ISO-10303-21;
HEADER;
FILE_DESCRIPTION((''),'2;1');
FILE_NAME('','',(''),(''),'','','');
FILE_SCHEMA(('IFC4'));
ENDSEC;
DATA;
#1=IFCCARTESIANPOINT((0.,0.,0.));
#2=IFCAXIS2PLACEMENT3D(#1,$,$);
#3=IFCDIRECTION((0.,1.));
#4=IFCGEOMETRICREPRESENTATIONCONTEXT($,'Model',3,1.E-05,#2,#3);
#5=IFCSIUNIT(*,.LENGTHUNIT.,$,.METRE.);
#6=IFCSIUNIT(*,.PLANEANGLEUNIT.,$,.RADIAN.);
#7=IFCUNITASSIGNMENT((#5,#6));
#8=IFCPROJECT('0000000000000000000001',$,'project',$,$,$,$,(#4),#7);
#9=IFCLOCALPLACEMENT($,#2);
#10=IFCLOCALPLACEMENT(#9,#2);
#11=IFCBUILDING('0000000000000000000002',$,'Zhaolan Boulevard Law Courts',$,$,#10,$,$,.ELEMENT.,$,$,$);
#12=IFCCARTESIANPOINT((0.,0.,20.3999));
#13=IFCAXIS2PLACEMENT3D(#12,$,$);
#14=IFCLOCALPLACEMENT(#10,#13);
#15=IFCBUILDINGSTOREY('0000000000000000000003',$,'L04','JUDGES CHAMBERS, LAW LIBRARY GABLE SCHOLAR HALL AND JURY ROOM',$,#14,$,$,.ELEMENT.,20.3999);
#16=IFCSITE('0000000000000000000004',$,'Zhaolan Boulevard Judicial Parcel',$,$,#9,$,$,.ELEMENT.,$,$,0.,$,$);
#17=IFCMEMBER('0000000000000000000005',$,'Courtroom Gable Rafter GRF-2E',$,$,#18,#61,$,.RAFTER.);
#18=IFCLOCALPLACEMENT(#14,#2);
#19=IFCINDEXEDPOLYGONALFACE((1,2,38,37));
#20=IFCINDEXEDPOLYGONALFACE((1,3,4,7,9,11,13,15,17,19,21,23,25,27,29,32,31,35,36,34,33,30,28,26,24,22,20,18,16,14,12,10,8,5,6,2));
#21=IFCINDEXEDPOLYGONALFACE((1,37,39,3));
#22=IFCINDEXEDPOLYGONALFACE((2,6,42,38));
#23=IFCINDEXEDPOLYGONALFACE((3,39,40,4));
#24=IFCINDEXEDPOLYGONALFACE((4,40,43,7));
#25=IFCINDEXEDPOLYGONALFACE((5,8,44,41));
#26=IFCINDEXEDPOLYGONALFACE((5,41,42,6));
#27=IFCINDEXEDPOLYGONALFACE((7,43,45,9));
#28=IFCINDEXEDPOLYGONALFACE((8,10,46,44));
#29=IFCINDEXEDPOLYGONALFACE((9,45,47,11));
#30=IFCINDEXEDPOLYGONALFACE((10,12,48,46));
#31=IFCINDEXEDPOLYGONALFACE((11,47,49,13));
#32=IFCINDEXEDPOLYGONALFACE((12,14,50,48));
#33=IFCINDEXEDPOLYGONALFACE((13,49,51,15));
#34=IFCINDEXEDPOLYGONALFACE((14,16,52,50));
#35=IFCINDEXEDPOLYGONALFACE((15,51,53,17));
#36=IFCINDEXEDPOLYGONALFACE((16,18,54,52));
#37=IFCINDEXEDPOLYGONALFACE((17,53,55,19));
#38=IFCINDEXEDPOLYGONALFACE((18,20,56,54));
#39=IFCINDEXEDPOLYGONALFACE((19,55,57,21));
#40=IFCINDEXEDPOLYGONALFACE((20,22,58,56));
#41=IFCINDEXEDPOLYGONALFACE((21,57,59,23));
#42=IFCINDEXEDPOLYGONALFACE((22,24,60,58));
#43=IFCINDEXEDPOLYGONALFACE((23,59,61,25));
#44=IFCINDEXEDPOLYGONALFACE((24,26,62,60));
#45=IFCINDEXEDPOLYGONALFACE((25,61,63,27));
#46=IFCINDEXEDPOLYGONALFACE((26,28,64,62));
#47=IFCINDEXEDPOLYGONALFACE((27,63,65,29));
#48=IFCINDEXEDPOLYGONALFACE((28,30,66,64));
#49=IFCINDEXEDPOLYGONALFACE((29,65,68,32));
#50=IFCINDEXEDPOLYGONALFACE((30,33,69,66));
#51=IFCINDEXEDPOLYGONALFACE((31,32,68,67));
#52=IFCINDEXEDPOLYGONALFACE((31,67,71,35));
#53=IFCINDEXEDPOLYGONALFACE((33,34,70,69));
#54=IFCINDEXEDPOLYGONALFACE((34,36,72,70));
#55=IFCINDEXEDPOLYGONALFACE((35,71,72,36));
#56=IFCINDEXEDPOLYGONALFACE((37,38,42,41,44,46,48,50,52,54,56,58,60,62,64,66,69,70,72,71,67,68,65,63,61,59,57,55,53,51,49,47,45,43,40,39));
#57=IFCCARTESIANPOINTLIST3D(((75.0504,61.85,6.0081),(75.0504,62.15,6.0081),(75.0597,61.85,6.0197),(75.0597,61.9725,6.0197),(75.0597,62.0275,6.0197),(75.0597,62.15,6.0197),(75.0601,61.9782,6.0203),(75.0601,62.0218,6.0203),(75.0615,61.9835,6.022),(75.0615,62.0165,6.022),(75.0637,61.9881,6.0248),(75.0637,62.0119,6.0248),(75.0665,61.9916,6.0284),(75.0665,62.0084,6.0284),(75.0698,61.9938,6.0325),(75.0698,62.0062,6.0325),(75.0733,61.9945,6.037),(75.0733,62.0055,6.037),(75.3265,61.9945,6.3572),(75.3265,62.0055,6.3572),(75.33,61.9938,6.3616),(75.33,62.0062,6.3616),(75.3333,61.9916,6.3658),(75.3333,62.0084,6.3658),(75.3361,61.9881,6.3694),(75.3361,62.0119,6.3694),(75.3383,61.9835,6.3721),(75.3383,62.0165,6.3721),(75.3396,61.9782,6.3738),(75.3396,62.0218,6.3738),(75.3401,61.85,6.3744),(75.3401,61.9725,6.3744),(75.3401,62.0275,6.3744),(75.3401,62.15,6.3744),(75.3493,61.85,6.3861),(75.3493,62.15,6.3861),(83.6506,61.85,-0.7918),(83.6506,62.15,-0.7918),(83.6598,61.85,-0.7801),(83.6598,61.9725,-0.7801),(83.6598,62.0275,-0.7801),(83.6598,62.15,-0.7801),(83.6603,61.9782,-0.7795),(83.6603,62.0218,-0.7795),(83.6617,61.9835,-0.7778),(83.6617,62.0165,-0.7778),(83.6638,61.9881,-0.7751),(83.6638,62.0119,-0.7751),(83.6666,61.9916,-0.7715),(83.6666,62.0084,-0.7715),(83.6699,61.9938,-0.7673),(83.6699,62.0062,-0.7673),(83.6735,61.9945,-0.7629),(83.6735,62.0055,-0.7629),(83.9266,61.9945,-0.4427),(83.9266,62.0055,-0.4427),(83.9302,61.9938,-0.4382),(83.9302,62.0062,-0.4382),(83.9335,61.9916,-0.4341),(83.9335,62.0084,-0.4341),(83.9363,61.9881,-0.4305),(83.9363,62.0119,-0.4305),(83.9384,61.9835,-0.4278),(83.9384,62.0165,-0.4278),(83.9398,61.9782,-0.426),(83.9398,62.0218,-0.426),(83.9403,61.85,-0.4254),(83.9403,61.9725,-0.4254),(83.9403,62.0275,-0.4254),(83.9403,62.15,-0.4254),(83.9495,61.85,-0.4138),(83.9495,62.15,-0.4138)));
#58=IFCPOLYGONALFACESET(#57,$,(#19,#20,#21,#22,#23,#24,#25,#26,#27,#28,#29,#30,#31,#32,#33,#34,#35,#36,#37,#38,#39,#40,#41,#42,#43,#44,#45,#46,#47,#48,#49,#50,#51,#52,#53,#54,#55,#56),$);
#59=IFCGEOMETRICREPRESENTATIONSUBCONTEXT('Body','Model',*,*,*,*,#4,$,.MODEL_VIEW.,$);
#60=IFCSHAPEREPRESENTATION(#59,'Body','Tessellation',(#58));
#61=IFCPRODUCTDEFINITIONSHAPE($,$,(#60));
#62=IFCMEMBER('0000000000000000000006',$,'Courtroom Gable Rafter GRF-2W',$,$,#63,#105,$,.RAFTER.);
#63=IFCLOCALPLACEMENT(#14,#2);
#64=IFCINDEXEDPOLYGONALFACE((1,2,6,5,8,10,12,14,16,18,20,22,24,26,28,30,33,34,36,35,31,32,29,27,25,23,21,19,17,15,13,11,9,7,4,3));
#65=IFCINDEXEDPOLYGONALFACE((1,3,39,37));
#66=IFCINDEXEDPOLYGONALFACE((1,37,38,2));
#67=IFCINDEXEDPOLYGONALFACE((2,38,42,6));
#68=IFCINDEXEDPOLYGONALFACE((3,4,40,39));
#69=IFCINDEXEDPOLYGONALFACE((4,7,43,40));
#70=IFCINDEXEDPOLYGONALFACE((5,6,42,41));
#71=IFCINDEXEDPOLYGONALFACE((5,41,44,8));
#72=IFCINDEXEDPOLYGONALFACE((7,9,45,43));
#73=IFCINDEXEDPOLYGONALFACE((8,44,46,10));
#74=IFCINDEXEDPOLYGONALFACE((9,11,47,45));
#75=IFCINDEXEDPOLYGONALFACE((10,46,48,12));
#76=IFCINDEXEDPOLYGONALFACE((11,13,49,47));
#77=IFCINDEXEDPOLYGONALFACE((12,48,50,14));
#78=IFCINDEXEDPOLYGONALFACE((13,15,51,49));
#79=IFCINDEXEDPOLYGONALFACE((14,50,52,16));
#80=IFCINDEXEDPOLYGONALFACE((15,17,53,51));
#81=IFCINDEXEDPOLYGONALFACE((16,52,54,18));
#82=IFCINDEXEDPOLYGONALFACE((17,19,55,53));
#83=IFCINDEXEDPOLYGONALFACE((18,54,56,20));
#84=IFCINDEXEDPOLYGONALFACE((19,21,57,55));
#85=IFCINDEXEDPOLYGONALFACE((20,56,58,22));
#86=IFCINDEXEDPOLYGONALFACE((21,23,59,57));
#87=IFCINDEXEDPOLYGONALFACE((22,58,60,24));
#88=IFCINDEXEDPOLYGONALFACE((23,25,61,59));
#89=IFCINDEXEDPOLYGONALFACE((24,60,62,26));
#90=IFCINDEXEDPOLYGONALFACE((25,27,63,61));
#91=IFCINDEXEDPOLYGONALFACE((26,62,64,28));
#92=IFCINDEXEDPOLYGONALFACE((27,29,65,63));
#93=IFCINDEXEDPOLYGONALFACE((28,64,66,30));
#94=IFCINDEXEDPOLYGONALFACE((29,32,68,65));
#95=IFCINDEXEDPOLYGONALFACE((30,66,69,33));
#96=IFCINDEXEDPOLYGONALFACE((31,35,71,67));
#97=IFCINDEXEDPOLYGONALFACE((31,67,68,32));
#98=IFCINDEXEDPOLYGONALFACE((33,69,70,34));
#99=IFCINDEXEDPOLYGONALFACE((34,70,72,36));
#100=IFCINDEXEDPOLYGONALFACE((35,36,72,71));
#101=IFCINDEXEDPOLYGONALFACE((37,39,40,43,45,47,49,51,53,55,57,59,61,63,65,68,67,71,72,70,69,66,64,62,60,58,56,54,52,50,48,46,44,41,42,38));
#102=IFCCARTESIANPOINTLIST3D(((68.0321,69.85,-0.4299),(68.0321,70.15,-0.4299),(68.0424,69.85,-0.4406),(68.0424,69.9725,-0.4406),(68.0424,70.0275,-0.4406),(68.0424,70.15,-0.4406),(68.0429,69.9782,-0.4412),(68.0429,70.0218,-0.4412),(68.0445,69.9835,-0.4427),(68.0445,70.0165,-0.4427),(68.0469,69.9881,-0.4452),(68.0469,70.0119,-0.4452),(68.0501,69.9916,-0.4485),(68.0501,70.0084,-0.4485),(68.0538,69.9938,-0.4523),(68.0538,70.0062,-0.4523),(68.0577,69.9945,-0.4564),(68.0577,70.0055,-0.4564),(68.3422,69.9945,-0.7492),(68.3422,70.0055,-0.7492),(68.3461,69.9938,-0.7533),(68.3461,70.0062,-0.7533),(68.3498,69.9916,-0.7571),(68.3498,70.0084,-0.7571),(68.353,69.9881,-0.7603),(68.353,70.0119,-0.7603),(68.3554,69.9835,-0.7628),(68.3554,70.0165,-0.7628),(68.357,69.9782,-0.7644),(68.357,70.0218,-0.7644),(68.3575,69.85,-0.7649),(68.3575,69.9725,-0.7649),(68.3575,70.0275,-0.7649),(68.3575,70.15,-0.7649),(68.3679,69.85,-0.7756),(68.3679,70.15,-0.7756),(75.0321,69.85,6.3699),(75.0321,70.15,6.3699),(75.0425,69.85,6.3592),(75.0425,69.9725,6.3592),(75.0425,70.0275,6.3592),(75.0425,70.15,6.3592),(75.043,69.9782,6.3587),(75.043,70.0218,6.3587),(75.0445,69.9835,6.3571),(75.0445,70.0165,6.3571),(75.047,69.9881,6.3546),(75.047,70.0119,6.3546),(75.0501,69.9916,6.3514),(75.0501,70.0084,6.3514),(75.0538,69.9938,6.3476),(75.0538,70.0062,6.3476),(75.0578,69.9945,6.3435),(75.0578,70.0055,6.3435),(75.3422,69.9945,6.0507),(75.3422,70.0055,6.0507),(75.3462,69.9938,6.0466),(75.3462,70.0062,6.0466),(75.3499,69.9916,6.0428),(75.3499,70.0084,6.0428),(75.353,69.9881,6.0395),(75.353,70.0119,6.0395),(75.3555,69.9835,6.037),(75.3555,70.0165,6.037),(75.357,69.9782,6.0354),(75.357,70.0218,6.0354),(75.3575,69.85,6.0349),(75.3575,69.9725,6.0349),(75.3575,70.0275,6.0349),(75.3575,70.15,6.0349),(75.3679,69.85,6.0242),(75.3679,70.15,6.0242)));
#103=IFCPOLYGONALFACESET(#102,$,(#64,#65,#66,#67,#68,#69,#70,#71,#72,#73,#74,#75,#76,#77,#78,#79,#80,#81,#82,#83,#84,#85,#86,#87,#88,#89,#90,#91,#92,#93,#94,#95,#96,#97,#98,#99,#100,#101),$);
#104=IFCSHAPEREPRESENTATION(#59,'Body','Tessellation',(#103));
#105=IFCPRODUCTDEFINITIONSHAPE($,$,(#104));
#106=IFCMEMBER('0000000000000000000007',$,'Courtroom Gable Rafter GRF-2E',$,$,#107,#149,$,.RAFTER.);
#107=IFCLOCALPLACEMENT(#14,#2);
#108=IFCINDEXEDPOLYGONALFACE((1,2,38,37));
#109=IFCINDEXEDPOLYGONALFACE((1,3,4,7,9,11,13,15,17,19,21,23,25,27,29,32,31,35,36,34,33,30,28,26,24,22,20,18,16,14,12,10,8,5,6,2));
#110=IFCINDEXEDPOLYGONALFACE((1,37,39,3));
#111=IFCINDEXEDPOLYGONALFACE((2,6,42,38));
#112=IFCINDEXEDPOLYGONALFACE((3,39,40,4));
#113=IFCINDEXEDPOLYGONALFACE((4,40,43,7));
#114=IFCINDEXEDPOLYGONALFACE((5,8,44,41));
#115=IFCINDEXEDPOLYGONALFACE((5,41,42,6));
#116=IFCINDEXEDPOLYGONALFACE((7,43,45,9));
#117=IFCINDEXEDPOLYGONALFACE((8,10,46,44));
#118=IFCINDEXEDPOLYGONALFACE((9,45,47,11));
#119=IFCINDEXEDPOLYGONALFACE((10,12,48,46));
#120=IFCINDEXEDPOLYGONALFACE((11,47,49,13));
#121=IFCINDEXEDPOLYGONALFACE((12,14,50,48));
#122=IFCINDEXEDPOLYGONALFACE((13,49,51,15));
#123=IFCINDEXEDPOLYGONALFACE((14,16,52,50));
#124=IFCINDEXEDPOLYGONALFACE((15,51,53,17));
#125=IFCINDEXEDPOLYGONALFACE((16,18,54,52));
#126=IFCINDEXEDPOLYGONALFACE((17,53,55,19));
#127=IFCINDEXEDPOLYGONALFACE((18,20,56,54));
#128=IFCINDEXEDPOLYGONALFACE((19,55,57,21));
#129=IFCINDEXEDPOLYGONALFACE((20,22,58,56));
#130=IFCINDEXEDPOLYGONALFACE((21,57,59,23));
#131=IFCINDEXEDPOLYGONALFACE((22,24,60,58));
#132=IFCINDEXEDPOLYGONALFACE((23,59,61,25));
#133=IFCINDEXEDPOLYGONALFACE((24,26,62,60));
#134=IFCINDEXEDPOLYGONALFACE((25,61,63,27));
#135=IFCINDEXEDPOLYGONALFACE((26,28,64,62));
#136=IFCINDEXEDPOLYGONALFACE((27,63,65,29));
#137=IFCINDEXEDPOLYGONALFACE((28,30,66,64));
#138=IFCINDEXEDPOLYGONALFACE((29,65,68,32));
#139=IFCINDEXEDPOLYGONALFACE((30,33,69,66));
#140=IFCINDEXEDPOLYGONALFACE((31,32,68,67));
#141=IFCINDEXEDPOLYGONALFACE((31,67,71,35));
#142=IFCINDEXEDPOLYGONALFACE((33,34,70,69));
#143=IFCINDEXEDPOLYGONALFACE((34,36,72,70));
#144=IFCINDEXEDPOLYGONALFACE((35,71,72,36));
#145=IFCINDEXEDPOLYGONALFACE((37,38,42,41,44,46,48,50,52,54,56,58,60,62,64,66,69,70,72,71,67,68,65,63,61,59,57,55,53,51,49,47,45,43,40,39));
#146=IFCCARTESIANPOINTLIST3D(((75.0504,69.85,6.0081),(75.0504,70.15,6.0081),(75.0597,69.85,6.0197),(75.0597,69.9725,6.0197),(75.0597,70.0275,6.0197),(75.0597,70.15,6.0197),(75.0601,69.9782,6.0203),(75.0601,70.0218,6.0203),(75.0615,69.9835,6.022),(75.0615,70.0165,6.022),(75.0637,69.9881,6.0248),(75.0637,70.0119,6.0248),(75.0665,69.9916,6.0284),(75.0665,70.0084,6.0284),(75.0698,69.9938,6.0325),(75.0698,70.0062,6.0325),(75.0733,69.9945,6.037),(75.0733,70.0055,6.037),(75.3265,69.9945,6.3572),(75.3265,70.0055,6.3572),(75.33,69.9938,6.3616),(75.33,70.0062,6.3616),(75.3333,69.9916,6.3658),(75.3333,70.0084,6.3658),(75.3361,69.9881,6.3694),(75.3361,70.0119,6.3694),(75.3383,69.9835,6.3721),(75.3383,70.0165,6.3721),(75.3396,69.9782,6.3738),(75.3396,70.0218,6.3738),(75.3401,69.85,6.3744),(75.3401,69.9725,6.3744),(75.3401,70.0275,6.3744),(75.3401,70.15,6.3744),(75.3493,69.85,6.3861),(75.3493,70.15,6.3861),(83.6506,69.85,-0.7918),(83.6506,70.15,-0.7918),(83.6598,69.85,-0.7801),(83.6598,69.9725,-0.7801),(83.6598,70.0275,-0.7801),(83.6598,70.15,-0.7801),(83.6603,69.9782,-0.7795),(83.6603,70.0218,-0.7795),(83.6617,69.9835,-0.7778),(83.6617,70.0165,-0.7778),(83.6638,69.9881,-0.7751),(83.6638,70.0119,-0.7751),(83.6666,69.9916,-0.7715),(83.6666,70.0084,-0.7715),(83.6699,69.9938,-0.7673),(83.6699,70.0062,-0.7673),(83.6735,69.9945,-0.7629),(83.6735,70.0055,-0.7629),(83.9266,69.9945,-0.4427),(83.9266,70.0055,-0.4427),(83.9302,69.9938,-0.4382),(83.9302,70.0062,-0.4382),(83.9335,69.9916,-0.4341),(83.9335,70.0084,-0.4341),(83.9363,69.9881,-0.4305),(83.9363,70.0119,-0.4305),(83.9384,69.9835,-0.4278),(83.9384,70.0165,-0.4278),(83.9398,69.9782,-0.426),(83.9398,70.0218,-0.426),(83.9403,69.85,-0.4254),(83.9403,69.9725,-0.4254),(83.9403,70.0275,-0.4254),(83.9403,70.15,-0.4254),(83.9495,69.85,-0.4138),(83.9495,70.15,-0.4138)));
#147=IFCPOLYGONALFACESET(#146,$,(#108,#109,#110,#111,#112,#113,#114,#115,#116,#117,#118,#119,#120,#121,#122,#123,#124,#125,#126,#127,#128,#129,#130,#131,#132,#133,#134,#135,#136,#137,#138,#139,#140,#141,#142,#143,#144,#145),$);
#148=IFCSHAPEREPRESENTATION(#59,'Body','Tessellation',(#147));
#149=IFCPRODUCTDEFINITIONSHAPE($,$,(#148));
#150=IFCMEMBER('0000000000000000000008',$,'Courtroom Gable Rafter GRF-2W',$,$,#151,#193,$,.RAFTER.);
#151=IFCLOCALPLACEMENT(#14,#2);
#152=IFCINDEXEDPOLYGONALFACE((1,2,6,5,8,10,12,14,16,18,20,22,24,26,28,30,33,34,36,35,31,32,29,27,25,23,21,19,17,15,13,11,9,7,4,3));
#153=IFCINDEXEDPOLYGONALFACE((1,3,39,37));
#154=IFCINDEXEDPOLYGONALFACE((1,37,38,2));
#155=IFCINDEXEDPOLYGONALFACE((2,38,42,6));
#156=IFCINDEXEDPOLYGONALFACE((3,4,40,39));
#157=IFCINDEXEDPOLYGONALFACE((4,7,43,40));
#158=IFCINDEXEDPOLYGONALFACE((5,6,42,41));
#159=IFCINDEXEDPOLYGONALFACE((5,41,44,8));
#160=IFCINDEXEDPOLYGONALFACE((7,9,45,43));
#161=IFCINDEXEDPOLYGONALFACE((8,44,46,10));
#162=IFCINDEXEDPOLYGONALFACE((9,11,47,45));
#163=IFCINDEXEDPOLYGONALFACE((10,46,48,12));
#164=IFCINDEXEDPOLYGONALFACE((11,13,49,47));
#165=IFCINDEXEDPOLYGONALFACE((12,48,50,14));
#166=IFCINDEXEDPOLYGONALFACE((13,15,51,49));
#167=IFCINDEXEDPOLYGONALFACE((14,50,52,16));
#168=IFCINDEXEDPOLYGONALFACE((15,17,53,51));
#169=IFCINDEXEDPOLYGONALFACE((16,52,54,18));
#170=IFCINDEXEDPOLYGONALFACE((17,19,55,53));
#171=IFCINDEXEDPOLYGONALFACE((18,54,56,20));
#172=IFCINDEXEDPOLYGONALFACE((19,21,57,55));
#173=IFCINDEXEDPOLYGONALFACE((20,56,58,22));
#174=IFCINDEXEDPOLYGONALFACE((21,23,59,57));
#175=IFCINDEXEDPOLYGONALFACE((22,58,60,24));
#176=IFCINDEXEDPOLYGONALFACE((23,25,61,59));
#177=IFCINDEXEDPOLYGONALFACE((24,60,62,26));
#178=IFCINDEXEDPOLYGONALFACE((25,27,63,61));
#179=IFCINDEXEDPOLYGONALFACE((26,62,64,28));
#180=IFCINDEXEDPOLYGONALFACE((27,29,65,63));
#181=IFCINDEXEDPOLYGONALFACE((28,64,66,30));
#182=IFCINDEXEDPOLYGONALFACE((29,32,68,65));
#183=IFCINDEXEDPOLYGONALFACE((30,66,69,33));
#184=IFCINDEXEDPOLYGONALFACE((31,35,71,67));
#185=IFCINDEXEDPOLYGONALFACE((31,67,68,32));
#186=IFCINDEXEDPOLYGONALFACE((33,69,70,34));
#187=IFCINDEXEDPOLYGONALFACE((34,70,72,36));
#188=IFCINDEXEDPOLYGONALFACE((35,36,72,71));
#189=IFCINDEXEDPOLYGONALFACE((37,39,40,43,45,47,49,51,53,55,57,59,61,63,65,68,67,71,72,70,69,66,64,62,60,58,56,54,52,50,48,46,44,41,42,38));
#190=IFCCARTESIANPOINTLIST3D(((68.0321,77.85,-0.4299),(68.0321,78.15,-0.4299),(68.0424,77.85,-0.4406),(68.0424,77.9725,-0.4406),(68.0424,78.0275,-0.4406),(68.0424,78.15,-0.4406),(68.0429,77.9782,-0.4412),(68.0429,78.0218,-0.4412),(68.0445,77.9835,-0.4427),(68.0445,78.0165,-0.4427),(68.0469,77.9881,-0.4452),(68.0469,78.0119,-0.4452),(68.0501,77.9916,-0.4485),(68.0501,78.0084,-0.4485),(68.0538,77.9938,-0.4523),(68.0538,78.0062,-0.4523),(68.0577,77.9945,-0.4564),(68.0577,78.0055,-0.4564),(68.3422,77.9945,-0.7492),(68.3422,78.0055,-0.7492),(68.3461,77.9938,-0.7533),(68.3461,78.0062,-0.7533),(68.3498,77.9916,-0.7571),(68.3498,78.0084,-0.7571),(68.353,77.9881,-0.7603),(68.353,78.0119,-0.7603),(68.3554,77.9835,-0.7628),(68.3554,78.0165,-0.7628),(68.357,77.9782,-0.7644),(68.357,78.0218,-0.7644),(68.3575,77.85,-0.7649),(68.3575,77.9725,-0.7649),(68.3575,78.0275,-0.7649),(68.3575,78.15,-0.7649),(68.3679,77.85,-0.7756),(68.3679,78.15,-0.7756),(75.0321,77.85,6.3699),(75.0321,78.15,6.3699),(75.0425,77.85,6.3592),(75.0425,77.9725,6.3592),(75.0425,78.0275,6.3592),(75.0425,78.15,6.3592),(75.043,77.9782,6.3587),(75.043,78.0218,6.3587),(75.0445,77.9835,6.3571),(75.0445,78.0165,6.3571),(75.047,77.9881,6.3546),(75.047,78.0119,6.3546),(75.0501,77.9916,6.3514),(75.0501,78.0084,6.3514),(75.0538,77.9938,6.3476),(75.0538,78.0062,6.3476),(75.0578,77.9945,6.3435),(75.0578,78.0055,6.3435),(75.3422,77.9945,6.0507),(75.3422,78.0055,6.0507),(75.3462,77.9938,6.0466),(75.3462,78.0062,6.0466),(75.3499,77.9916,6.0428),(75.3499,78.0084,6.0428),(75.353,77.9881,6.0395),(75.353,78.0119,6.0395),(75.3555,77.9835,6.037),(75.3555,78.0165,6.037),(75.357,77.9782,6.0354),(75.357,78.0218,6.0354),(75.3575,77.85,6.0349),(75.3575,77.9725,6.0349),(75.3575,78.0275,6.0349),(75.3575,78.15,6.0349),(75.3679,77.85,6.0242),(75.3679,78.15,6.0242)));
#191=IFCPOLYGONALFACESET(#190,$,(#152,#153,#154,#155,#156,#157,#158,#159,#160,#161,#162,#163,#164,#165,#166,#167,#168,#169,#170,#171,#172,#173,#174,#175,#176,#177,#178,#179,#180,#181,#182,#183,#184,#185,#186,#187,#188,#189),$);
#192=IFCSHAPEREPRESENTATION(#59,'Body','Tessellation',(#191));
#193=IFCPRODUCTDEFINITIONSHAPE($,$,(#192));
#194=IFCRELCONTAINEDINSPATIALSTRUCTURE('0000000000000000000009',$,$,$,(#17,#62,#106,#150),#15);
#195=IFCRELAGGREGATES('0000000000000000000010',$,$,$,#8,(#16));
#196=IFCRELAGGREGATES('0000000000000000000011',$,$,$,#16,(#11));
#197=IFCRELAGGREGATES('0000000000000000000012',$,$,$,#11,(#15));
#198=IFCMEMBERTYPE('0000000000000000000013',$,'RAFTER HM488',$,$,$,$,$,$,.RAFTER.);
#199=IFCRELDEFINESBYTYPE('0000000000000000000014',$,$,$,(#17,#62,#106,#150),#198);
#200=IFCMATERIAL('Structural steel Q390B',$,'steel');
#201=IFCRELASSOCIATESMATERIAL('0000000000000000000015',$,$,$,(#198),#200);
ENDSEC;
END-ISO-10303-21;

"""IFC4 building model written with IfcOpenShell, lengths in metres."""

from ifc_helpers import new_model, si_unit, direction, frame, origin, origin_2d, place, context, subcontext, project, spatial, i_section, extrude, material, material_profile, profile_set, type_object, element, save


model = new_model("IFC4")

# Units and contexts
model_context = context("Model", 3, precision=1e-05, world=origin(), true_north=direction((0.0, 1.0)))
body_context = subcontext(model_context, "Body", "Model", "MODEL_VIEW")
ifc_project = project(units=[si_unit("LENGTHUNIT", "METRE"), si_unit("PLANEANGLEUNIT", "RADIAN")], contexts=[model_context])

# Site, building, storey
site_placement = place(None, origin())
site = spatial("IfcSite", under=ifc_project, at=site_placement, Name="Zhaolan Boulevard Judicial Parcel", CompositionType="ELEMENT", RefElevation=0.0)
building_placement = place(site_placement, origin())
building = spatial("IfcBuilding", under=site, at=building_placement, Name="Zhaolan Boulevard Law Courts", CompositionType="ELEMENT")
storey_placement = place(building_placement, frame((0.0, 0.0, 20.3999)))
storey = spatial("IfcBuildingStorey", under=building, at=storey_placement, Name="L04", Description="JUDGES CHAMBERS, LAW LIBRARY GABLE SCHOLAR HALL AND JURY ROOM", CompositionType="ELEMENT", Elevation=20.3999)

# Members
ifc_material_1 = material(Name="Structural steel Q390B", Category="steel")
ifc_material_profile_1 = material_profile(ifc_material_1, i_section(OverallWidth=0.3, OverallDepth=0.4819, WebThickness=0.011, FlangeThickness=0.0149, FilletRadius=0.022, at=origin_2d()), Name="HM482x300")
ifc_profile_set_1 = profile_set([ifc_material_profile_1], Name="Structural steel Q390B")
member_type_1 = type_object("IfcMemberType", Name="RAFTER HM488", PredefinedType="RAFTER", material=ifc_profile_set_1)
member_1_placement = place(storey_placement, frame((83.8, 62.0, -0.6028), z_axis=(-0.784428, 0.0, 0.62022), x_axis=(0.0, -1.0, 0.0)))
element("IfcMember", 1, at=member_1_placement, inside=storey, type_object=member_type_1, Name="Courtroom Gable Rafter GRF-2E", PredefinedType="RAFTER", context=body_context, shape_type="SweptSolid", body=[
    extrude(i_section(OverallWidth=0.3, OverallDepth=0.4819, WebThickness=0.011, FlangeThickness=0.0149, FilletRadius=0.022, at=origin_2d()), origin(), (0.0, 0.0, 1.0), 10.9636),
])
member_2_placement = place(storey_placement, frame((68.2, 70.0, -0.6028), z_axis=(0.717289, 0.0, 0.696775), x_axis=(0.0, 1.0, 0.0)))
element("IfcMember", 2, at=member_2_placement, inside=storey, type_object=member_type_1, Name="Courtroom Gable Rafter GRF-2W", PredefinedType="RAFTER", context=body_context, shape_type="SweptSolid", body=[
    extrude(i_section(OverallWidth=0.3, OverallDepth=0.4819, WebThickness=0.011, FlangeThickness=0.0149, FilletRadius=0.022, at=origin_2d()), origin(), (0.0, 0.0, 1.0), 9.759),
])
member_3_placement = place(storey_placement, frame((83.8, 70.0, -0.6028), z_axis=(-0.784428, 0.0, 0.62022), x_axis=(0.0, -1.0, 0.0)))
element("IfcMember", 3, at=member_3_placement, inside=storey, type_object=member_type_1, Name="Courtroom Gable Rafter GRF-2E", PredefinedType="RAFTER", context=body_context, shape_type="SweptSolid", body=[
    extrude(i_section(OverallWidth=0.3, OverallDepth=0.4819, WebThickness=0.011, FlangeThickness=0.0149, FilletRadius=0.022, at=origin_2d()), origin(), (0.0, 0.0, 1.0), 10.9636),
])
member_4_placement = place(storey_placement, frame((68.2, 78.0, -0.6028), z_axis=(0.717289, 0.0, 0.696775), x_axis=(0.0, 1.0, 0.0)))
element("IfcMember", 4, at=member_4_placement, inside=storey, type_object=member_type_1, Name="Courtroom Gable Rafter GRF-2W", PredefinedType="RAFTER", context=body_context, shape_type="SweptSolid", body=[
    extrude(i_section(OverallWidth=0.3, OverallDepth=0.4819, WebThickness=0.011, FlangeThickness=0.0149, FilletRadius=0.022, at=origin_2d()), origin(), (0.0, 0.0, 1.0), 9.759),
])

save(model, "model.ifc")
